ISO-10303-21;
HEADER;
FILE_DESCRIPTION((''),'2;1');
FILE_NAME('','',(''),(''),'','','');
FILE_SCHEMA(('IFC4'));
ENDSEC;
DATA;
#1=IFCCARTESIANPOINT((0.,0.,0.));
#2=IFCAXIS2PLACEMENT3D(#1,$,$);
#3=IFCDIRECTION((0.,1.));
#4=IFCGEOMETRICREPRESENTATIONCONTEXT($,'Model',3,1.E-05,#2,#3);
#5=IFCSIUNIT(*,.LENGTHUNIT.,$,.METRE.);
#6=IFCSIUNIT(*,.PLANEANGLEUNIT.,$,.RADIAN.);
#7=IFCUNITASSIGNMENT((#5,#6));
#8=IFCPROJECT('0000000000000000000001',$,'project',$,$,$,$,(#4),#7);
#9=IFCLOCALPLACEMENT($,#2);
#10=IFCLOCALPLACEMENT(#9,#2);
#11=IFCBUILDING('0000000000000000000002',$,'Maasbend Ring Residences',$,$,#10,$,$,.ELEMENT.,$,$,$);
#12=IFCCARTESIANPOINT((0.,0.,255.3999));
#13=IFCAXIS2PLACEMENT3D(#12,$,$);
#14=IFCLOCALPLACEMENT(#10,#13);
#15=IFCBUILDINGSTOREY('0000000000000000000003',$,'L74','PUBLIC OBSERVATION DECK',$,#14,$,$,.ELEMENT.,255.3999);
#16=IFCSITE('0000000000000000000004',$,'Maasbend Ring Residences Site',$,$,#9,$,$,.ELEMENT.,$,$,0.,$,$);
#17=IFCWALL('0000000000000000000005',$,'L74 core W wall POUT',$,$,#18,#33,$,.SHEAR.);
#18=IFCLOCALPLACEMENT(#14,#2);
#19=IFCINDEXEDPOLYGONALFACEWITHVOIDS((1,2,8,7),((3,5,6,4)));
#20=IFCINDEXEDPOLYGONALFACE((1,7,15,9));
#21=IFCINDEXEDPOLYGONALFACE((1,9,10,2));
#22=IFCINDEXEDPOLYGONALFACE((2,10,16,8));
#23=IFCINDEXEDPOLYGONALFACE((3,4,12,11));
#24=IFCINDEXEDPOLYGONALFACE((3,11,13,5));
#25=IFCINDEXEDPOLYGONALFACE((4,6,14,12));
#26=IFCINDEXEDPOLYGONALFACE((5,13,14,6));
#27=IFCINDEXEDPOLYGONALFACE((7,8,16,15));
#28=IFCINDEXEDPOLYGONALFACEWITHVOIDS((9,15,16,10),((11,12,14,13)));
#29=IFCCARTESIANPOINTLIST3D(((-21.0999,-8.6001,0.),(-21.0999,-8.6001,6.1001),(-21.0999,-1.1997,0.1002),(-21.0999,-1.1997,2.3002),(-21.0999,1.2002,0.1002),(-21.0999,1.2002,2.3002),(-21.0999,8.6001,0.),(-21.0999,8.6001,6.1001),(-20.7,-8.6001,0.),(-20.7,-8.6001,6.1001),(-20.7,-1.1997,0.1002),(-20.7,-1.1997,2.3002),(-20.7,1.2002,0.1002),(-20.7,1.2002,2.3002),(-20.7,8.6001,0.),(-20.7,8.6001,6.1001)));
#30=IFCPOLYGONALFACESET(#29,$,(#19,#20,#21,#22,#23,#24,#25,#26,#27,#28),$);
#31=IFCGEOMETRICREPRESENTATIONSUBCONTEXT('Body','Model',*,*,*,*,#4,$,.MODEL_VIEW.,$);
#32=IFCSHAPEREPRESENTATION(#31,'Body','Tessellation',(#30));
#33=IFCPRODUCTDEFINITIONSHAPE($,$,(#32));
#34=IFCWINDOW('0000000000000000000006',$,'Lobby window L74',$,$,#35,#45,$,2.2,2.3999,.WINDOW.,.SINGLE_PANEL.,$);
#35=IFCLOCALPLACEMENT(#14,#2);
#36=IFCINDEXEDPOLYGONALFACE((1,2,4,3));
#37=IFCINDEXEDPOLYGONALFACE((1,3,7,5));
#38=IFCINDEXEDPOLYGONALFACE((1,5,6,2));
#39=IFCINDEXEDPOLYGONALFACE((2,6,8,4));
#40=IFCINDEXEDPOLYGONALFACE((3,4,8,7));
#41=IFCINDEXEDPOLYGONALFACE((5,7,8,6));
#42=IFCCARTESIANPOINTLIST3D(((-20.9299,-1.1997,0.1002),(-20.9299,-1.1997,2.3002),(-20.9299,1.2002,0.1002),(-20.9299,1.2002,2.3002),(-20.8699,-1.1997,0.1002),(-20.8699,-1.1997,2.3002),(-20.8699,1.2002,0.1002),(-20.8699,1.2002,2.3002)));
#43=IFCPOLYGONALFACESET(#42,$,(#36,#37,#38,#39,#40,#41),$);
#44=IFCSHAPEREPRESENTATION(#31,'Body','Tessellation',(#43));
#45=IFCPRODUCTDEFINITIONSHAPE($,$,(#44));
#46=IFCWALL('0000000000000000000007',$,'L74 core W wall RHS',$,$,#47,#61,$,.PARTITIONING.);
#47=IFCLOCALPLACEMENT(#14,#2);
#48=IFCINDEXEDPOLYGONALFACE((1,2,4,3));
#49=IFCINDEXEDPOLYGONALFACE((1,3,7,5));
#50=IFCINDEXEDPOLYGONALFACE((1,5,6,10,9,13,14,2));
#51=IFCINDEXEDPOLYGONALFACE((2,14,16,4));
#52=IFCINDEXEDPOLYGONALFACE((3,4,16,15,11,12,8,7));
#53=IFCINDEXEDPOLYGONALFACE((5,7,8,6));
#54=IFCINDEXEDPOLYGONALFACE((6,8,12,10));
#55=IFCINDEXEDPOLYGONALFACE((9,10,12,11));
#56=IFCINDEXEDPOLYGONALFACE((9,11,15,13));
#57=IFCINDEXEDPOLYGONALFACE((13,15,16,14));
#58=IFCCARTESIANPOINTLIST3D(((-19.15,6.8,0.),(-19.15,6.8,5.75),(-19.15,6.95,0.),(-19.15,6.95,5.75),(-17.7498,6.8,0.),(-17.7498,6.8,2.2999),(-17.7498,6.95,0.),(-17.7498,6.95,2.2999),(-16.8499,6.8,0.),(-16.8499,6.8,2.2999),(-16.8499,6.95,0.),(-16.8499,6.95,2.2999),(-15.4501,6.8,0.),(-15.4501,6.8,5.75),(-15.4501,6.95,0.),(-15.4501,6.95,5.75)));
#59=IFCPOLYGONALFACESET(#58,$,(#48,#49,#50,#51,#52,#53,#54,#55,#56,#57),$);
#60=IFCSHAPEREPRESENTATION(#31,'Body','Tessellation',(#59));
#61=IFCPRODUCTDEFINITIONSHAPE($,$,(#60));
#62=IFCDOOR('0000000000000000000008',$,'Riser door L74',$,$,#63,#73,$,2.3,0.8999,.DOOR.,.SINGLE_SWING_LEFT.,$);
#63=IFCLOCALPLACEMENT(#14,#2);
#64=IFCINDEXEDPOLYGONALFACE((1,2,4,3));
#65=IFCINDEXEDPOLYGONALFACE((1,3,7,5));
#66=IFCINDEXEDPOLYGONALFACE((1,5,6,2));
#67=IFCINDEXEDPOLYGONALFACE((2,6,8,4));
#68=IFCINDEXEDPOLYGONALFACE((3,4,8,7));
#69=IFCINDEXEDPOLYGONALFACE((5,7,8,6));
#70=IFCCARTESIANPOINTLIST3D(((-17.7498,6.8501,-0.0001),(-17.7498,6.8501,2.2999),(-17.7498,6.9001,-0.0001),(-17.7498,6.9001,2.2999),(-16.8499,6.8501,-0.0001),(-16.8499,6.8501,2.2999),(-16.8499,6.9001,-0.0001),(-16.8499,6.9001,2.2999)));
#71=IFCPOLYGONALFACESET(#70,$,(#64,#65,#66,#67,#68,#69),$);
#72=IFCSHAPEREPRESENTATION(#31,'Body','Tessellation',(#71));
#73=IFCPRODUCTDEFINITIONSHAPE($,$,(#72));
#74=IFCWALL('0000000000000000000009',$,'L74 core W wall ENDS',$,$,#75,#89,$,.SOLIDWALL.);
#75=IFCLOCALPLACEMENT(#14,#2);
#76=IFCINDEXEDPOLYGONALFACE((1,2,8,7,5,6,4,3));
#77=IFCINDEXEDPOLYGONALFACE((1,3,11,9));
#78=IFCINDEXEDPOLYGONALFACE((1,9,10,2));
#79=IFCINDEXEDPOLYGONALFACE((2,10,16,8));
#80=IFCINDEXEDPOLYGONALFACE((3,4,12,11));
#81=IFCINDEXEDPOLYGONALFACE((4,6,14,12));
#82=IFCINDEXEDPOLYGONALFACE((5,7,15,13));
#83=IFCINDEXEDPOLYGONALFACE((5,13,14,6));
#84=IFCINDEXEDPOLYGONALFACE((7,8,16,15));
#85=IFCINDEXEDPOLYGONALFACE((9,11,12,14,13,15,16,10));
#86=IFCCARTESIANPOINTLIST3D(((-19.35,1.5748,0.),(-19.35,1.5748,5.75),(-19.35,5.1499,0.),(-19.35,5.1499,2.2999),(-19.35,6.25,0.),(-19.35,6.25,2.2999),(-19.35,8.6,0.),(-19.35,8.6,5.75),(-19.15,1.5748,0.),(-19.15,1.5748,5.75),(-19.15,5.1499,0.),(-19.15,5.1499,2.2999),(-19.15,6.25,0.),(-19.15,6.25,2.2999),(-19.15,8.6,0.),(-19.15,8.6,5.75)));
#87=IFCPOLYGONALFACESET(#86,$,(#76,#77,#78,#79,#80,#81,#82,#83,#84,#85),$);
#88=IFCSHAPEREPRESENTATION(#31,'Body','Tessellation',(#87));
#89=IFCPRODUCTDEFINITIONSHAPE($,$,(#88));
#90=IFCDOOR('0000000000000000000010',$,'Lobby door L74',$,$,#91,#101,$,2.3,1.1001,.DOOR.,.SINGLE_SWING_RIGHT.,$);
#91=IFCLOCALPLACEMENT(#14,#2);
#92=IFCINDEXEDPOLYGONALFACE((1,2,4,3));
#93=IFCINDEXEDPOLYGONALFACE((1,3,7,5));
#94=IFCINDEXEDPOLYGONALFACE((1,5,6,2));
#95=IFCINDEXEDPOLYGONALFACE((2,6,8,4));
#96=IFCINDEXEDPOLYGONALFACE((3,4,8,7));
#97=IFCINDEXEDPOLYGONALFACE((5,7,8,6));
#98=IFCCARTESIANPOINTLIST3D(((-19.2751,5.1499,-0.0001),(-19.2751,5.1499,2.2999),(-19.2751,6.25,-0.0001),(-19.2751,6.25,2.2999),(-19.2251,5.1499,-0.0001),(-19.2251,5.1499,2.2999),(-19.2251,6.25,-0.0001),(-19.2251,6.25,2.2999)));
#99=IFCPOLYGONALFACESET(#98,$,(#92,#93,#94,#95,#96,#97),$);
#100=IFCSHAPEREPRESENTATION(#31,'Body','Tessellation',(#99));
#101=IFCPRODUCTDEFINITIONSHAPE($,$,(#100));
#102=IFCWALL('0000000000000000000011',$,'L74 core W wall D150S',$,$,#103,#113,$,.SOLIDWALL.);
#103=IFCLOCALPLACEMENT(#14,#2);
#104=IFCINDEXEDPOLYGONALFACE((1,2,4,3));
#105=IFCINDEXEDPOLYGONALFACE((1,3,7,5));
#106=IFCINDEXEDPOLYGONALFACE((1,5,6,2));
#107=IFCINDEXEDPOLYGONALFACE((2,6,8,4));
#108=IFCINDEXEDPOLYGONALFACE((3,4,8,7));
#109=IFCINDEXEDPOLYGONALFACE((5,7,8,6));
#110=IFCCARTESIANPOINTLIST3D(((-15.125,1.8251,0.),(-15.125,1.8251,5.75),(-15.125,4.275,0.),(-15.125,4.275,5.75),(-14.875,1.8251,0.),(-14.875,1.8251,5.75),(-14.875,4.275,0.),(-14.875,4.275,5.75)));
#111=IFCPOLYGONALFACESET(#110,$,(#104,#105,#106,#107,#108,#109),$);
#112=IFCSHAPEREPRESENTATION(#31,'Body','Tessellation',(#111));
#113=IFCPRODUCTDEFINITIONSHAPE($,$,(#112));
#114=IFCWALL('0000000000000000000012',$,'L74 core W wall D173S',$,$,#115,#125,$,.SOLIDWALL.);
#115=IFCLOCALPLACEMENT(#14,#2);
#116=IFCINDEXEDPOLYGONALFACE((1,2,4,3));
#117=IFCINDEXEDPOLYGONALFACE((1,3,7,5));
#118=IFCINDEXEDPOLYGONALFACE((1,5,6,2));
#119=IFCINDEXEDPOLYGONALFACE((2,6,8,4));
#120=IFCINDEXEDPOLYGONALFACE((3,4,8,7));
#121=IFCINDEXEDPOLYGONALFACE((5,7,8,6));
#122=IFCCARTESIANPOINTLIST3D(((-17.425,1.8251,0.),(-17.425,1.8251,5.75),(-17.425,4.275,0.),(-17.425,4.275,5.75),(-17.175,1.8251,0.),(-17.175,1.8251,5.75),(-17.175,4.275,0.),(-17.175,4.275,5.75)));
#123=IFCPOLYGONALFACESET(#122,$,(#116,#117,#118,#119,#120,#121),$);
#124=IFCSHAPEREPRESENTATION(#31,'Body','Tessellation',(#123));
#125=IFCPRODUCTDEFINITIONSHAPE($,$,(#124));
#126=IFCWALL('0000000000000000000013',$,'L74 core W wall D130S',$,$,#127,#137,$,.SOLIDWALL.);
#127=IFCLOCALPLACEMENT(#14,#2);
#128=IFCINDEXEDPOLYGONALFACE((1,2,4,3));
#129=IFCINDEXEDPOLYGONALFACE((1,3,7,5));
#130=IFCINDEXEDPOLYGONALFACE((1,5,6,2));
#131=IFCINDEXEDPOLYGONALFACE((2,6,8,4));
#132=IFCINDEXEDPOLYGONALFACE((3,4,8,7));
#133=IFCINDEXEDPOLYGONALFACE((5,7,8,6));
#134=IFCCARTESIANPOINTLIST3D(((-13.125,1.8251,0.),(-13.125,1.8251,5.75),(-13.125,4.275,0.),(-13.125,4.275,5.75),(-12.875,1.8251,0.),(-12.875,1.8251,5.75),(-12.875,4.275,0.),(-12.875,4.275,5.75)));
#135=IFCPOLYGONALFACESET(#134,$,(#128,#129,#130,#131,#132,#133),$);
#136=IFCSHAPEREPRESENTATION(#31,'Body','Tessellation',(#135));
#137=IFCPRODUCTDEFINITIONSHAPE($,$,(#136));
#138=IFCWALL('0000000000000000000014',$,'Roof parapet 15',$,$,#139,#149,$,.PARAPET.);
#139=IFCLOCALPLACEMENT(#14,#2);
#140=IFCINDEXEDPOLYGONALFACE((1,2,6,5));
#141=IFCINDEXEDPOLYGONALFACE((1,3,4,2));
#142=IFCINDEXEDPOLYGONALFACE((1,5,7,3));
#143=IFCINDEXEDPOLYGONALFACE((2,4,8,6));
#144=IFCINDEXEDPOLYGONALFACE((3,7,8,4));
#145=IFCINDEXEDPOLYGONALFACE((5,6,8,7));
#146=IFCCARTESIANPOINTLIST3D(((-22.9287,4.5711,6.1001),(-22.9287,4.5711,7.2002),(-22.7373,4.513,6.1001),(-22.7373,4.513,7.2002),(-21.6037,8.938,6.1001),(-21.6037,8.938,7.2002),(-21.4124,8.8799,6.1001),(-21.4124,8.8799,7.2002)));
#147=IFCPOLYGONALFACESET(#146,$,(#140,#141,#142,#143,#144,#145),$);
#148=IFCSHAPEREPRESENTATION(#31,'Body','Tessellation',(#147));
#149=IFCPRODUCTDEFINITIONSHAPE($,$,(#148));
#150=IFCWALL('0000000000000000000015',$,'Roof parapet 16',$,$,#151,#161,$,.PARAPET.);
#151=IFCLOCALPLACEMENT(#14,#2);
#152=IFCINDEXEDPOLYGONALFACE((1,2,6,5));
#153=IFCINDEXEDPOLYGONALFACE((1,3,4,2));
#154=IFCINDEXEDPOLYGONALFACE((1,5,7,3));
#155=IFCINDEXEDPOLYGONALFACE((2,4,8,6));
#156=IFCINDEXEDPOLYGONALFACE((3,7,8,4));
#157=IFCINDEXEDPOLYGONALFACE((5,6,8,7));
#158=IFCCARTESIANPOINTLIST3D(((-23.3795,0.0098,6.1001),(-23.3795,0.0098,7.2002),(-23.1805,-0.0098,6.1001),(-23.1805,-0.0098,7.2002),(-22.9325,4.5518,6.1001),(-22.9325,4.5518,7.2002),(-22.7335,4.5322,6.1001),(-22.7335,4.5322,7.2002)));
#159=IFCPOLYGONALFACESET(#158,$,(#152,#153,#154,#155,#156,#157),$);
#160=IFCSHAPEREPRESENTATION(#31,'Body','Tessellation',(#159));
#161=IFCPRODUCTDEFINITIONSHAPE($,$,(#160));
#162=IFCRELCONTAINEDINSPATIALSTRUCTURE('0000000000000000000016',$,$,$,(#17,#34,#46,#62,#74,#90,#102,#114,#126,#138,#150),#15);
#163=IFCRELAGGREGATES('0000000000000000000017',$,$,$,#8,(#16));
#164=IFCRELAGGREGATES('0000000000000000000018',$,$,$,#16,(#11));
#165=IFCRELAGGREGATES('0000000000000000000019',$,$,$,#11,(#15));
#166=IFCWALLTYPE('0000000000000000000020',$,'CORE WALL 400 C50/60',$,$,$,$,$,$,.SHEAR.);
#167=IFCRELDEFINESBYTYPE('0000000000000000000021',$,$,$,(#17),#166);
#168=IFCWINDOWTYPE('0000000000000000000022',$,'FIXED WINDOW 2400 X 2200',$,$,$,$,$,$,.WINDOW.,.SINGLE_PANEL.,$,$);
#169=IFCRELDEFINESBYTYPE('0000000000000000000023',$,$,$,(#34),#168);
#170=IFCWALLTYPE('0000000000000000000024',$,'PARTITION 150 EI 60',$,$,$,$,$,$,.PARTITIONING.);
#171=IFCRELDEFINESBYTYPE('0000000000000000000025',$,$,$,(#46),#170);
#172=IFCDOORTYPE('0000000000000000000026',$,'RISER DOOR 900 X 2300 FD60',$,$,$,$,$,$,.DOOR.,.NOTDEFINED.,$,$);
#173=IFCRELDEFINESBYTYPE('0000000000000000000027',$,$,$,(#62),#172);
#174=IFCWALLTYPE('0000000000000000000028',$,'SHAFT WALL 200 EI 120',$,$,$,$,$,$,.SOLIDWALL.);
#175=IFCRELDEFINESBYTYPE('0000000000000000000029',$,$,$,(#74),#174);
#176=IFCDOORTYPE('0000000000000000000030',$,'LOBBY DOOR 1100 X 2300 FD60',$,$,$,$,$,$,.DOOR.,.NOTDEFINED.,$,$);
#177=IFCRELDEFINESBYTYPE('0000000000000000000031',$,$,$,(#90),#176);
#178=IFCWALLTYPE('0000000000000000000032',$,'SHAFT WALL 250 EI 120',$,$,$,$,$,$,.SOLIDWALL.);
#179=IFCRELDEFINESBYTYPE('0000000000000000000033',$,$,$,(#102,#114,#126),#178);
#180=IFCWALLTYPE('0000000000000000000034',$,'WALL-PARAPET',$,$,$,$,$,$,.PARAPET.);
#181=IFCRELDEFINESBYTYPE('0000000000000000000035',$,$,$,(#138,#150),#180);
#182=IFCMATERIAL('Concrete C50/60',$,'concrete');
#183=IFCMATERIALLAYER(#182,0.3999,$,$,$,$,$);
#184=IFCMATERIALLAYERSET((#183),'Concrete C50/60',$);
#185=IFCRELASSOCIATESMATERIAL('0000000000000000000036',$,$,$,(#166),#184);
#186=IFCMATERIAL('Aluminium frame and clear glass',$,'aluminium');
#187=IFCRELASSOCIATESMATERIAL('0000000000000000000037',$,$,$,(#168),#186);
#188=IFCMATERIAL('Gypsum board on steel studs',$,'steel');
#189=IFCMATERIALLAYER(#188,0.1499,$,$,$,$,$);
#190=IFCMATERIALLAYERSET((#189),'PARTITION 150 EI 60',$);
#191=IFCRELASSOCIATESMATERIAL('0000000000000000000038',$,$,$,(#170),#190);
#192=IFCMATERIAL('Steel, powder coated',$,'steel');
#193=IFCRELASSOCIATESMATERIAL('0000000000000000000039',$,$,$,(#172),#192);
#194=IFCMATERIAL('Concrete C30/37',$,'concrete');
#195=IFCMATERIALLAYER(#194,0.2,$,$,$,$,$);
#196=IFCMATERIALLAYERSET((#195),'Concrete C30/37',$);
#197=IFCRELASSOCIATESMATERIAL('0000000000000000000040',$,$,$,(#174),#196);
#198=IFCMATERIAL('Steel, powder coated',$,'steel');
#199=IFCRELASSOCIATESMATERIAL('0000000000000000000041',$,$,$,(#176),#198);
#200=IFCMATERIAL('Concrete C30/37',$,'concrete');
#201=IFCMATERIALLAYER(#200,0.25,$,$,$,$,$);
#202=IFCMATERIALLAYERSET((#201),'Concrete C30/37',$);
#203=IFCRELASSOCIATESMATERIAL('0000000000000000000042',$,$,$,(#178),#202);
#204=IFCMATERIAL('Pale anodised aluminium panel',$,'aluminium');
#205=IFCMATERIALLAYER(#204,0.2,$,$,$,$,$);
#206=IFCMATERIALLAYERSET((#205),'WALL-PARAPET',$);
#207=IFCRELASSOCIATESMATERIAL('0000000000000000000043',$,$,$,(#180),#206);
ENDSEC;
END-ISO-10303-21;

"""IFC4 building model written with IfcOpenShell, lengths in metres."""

from ifc_helpers import new_model, si_unit, direction, frame, frame_2d, origin, place, context, subcontext, project, spatial, rectangle, extrude, material, layer, layer_set, type_object, element, fill, save


model = new_model("IFC4")

# Units and contexts
model_context = context("Model", 3, precision=1e-05, world=origin(), true_north=direction((0.0, 1.0)))
body_context = subcontext(model_context, "Body", "Model", "MODEL_VIEW")
ifc_project = project(units=[si_unit("LENGTHUNIT", "METRE"), si_unit("PLANEANGLEUNIT", "RADIAN")], contexts=[model_context])

# Site, building, storey
site_placement = place(None, origin())
site = spatial("IfcSite", under=ifc_project, at=site_placement, Name="Maasbend Ring Residences Site", CompositionType="ELEMENT", RefElevation=0.0)
building_placement = place(site_placement, origin())
building = spatial("IfcBuilding", under=site, at=building_placement, Name="Maasbend Ring Residences", CompositionType="ELEMENT")
storey_placement = place(building_placement, frame((0.0, 0.0, 255.3999)))
storey = spatial("IfcBuildingStorey", under=building, at=storey_placement, Name="L74", Description="PUBLIC OBSERVATION DECK", CompositionType="ELEMENT", Elevation=255.3999)

# Wall, opening, window
ifc_material_1 = material(Name="Concrete C50/60", Category="concrete")
ifc_layer_1 = layer(ifc_material_1, 0.3999)
ifc_layer_set_1 = layer_set([ifc_layer_1], Name="Concrete C50/60")
wall_type_1 = type_object("IfcWallType", Name="CORE WALL 400 C50/60", PredefinedType="SHEAR", material=ifc_layer_set_1)
wall_1_placement = place(storey_placement, frame((-20.8999, 8.6001, 0.0), z_axis=(0.0, 0.0, 1.0), x_axis=(0.0, -1.0, 0.0)))
wall_1 = element("IfcWall", 1, at=wall_1_placement, inside=storey, type_object=wall_type_1, Name="L74 core W wall POUT", PredefinedType="SHEAR", context=body_context, shape_type="SweptSolid", body=[
    extrude(rectangle(XDim=17.2002, YDim=0.3999, at=frame_2d((8.6001, 0.0))), origin(), (0.0, 0.0, 1.0), 6.1001),
])
opening_1_placement = place(wall_1_placement, frame((7.3999, 0.0, 0.1001)))
opening_1 = element("IfcOpeningElement", 2, at=opening_1_placement, cuts=wall_1, PredefinedType="OPENING", context=body_context, shape_type="SweptSolid", body=[
    extrude(rectangle(XDim=2.3999, YDim=2.2, at=frame_2d((1.2, 1.1001))), frame((0.0, 0.21, 0.0), z_axis=(0.0, -1.0, 0.0), x_axis=(1.0, 0.0, 0.0)), (0.0, 0.0, 1.0), 0.4199),
])
ifc_material_2 = material(Name="Aluminium frame and clear glass", Category="aluminium")
window_type = type_object("IfcWindowType", Name="FIXED WINDOW 2400 X 2200", PartitioningType="SINGLE_PANEL", PredefinedType="WINDOW", material=ifc_material_2)
window_placement = place(opening_1_placement, origin())
window = element("IfcWindow", 3, at=window_placement, inside=storey, type_object=window_type, Name="Lobby window L74", OverallHeight=2.2, OverallWidth=2.3999, PartitioningType="SINGLE_PANEL", PredefinedType="WINDOW", context=body_context, shape_type="SweptSolid", body=[
    extrude(rectangle(XDim=2.3999, YDim=2.2, at=frame_2d((1.2, 1.1001))), frame((0.0, 0.03, 0.0), z_axis=(0.0, -1.0, 0.0), x_axis=(1.0, 0.0, 0.0)), (0.0, 0.0, 1.0), 0.0601),
])
fill(opening_1, window)

# Walls, openings, doors
ifc_material_3 = material(Name="Gypsum board on steel studs", Category="steel")
ifc_layer_2 = layer(ifc_material_3, 0.1499)
ifc_layer_set_2 = layer_set([ifc_layer_2], Name="PARTITION 150 EI 60")
wall_type_2 = type_object("IfcWallType", Name="PARTITION 150 EI 60", PredefinedType="PARTITIONING", material=ifc_layer_set_2)
wall_2_placement = place(storey_placement, frame((-15.45, 6.875, 0.0), z_axis=(0.0, 0.0, 1.0), x_axis=(-1.0, 0.0, 0.0)))
wall_2 = element("IfcWall", 4, at=wall_2_placement, inside=storey, type_object=wall_type_2, Name="L74 core W wall RHS", PredefinedType="PARTITIONING", context=body_context, shape_type="SweptSolid", body=[
    extrude(rectangle(XDim=3.7, YDim=0.1499, at=frame_2d((1.8501, 0.0))), origin(), (0.0, 0.0, 1.0), 5.75),
])
opening_2_placement = place(wall_2_placement, frame((1.3999, 0.0, 0.0)))
opening_2 = element("IfcOpeningElement", 5, at=opening_2_placement, cuts=wall_2, PredefinedType="OPENING", context=body_context, shape_type="SweptSolid", body=[
    extrude(rectangle(XDim=0.8999, YDim=2.3, at=frame_2d((0.45, 1.1499))), frame((0.0, 0.085, 0.0), z_axis=(0.0, -1.0, 0.0), x_axis=(1.0, 0.0, 0.0)), (0.0, 0.0, 1.0), 0.1699),
])
ifc_material_4 = material(Name="Steel, powder coated", Category="steel")
door_type_1 = type_object("IfcDoorType", Name="RISER DOOR 900 X 2300 FD60", OperationType="NOTDEFINED", PredefinedType="DOOR", material=ifc_material_4)
door_1_placement = place(opening_2_placement, origin())
door_1 = element("IfcDoor", 6, at=door_1_placement, inside=storey, type_object=door_type_1, Name="Riser door L74", OperationType="SINGLE_SWING_LEFT", OverallHeight=2.3, OverallWidth=0.8999, PredefinedType="DOOR", context=body_context, shape_type="SweptSolid", body=[
    extrude(rectangle(XDim=0.8999, YDim=2.3, at=frame_2d((0.45, 1.1499))), frame((0.0, 0.0249, 0.0), z_axis=(0.0, -1.0, 0.0), x_axis=(1.0, 0.0, 0.0)), (0.0, 0.0, 1.0), 0.05),
])
fill(opening_2, door_1)
ifc_material_5 = material(Name="Concrete C30/37", Category="concrete")
ifc_layer_3 = layer(ifc_material_5, 0.2)
ifc_layer_set_3 = layer_set([ifc_layer_3], Name="Concrete C30/37")
wall_type_3 = type_object("IfcWallType", Name="SHAFT WALL 200 EI 120", PredefinedType="SOLIDWALL", material=ifc_layer_set_3)
wall_3_placement = place(storey_placement, frame((-19.25, 8.6001, 0.0), z_axis=(0.0, 0.0, 1.0), x_axis=(0.0, -1.0, 0.0)))
wall_3 = element("IfcWall", 7, at=wall_3_placement, inside=storey, type_object=wall_type_3, Name="L74 core W wall ENDS", PredefinedType="SOLIDWALL", context=body_context, shape_type="SweptSolid", body=[
    extrude(rectangle(XDim=7.0251, YDim=0.2, at=frame_2d((3.5127, 0.0))), origin(), (0.0, 0.0, 1.0), 5.75),
])
opening_3_placement = place(wall_3_placement, frame((2.3501, 0.0, 0.0)))
opening_3 = element("IfcOpeningElement", 8, at=opening_3_placement, cuts=wall_3, PredefinedType="OPENING", context=body_context, shape_type="SweptSolid", body=[
    extrude(rectangle(XDim=1.1001, YDim=2.3, at=frame_2d((0.55, 1.1499))), frame((0.0, 0.1099, 0.0), z_axis=(0.0, -1.0, 0.0), x_axis=(1.0, 0.0, 0.0)), (0.0, 0.0, 1.0), 0.22),
])
ifc_material_6 = material(Name="Steel, powder coated", Category="steel")
door_type_2 = type_object("IfcDoorType", Name="LOBBY DOOR 1100 X 2300 FD60", OperationType="NOTDEFINED", PredefinedType="DOOR", material=ifc_material_6)
door_2_placement = place(opening_3_placement, origin())
door_2 = element("IfcDoor", 9, at=door_2_placement, inside=storey, type_object=door_type_2, Name="Lobby door L74", OperationType="SINGLE_SWING_RIGHT", OverallHeight=2.3, OverallWidth=1.1001, PredefinedType="DOOR", context=body_context, shape_type="SweptSolid", body=[
    extrude(rectangle(XDim=1.1001, YDim=2.3, at=frame_2d((0.55, 1.1499))), frame((0.0, 0.0249, 0.0), z_axis=(0.0, -1.0, 0.0), x_axis=(1.0, 0.0, 0.0)), (0.0, 0.0, 1.0), 0.05),
])
fill(opening_3, door_2)

# Walls
ifc_material_7 = material(Name="Concrete C30/37", Category="concrete")
ifc_layer_4 = layer(ifc_material_7, 0.25)
ifc_layer_set_4 = layer_set([ifc_layer_4], Name="Concrete C30/37")
wall_type_4 = type_object("IfcWallType", Name="SHAFT WALL 250 EI 120", PredefinedType="SOLIDWALL", material=ifc_layer_set_4)
for number, where, z_axis, x_axis, name in (
    (10, (-15.0, 1.825, 0.0), (0.0, 0.0, 1.0), (0.0, 1.0, 0.0), "L74 core W wall D150S"),
    (11, (-17.3, 1.825, 0.0), (0.0, 0.0, 1.0), (0.0, 1.0, 0.0), "L74 core W wall D173S"),
    (12, (-13.0, 1.825, 0.0), (0.0, 0.0, 1.0), (0.0, 1.0, 0.0), "L74 core W wall D130S"),
):
    element("IfcWall", number, at=place(storey_placement, frame(where, z_axis=z_axis, x_axis=x_axis)), inside=storey, type_object=wall_type_4, Name=name, PredefinedType="SOLIDWALL", context=body_context, shape_type="SweptSolid", body=[
        extrude(rectangle(XDim=2.45, YDim=0.25, at=frame_2d((1.2251, 0.0))), origin(), (0.0, 0.0, 1.0), 5.75),
    ])
ifc_material_8 = material(Name="Pale anodised aluminium panel", Category="aluminium")
ifc_layer_5 = layer(ifc_material_8, 0.2)
ifc_layer_set_5 = layer_set([ifc_layer_5], Name="WALL-PARAPET")
wall_type_5 = type_object("IfcWallType", Name="WALL-PARAPET", PredefinedType="PARAPET", material=ifc_layer_set_5)
wall_4_placement = place(storey_placement, frame((-21.5081, 8.9089, 6.1001), z_axis=(0.0, 0.0, 1.0), x_axis=(-0.290336, -0.956925, 0.0)))
element("IfcWall", 13, at=wall_4_placement, inside=storey, type_object=wall_type_5, Name="Roof parapet 15", PredefinedType="PARAPET", context=body_context, shape_type="SweptSolid", body=[
    extrude(rectangle(XDim=4.5635, YDim=0.2, at=frame_2d((2.2817, 0.0))), origin(), (0.0, 0.0, 1.0), 1.1001),
])
wall_5_placement = place(storey_placement, frame((-22.833, 4.542, 6.1001), z_axis=(0.0, 0.0, 1.0), x_axis=(-0.097946, -0.995192, 0.0)))
element("IfcWall", 14, at=wall_5_placement, inside=storey, type_object=wall_type_5, Name="Roof parapet 16", PredefinedType="PARAPET", context=body_context, shape_type="SweptSolid", body=[
    extrude(rectangle(XDim=4.564, YDim=0.2, at=frame_2d((2.282, 0.0))), origin(), (0.0, 0.0, 1.0), 1.1001),
])

save(model, "model.ifc")
